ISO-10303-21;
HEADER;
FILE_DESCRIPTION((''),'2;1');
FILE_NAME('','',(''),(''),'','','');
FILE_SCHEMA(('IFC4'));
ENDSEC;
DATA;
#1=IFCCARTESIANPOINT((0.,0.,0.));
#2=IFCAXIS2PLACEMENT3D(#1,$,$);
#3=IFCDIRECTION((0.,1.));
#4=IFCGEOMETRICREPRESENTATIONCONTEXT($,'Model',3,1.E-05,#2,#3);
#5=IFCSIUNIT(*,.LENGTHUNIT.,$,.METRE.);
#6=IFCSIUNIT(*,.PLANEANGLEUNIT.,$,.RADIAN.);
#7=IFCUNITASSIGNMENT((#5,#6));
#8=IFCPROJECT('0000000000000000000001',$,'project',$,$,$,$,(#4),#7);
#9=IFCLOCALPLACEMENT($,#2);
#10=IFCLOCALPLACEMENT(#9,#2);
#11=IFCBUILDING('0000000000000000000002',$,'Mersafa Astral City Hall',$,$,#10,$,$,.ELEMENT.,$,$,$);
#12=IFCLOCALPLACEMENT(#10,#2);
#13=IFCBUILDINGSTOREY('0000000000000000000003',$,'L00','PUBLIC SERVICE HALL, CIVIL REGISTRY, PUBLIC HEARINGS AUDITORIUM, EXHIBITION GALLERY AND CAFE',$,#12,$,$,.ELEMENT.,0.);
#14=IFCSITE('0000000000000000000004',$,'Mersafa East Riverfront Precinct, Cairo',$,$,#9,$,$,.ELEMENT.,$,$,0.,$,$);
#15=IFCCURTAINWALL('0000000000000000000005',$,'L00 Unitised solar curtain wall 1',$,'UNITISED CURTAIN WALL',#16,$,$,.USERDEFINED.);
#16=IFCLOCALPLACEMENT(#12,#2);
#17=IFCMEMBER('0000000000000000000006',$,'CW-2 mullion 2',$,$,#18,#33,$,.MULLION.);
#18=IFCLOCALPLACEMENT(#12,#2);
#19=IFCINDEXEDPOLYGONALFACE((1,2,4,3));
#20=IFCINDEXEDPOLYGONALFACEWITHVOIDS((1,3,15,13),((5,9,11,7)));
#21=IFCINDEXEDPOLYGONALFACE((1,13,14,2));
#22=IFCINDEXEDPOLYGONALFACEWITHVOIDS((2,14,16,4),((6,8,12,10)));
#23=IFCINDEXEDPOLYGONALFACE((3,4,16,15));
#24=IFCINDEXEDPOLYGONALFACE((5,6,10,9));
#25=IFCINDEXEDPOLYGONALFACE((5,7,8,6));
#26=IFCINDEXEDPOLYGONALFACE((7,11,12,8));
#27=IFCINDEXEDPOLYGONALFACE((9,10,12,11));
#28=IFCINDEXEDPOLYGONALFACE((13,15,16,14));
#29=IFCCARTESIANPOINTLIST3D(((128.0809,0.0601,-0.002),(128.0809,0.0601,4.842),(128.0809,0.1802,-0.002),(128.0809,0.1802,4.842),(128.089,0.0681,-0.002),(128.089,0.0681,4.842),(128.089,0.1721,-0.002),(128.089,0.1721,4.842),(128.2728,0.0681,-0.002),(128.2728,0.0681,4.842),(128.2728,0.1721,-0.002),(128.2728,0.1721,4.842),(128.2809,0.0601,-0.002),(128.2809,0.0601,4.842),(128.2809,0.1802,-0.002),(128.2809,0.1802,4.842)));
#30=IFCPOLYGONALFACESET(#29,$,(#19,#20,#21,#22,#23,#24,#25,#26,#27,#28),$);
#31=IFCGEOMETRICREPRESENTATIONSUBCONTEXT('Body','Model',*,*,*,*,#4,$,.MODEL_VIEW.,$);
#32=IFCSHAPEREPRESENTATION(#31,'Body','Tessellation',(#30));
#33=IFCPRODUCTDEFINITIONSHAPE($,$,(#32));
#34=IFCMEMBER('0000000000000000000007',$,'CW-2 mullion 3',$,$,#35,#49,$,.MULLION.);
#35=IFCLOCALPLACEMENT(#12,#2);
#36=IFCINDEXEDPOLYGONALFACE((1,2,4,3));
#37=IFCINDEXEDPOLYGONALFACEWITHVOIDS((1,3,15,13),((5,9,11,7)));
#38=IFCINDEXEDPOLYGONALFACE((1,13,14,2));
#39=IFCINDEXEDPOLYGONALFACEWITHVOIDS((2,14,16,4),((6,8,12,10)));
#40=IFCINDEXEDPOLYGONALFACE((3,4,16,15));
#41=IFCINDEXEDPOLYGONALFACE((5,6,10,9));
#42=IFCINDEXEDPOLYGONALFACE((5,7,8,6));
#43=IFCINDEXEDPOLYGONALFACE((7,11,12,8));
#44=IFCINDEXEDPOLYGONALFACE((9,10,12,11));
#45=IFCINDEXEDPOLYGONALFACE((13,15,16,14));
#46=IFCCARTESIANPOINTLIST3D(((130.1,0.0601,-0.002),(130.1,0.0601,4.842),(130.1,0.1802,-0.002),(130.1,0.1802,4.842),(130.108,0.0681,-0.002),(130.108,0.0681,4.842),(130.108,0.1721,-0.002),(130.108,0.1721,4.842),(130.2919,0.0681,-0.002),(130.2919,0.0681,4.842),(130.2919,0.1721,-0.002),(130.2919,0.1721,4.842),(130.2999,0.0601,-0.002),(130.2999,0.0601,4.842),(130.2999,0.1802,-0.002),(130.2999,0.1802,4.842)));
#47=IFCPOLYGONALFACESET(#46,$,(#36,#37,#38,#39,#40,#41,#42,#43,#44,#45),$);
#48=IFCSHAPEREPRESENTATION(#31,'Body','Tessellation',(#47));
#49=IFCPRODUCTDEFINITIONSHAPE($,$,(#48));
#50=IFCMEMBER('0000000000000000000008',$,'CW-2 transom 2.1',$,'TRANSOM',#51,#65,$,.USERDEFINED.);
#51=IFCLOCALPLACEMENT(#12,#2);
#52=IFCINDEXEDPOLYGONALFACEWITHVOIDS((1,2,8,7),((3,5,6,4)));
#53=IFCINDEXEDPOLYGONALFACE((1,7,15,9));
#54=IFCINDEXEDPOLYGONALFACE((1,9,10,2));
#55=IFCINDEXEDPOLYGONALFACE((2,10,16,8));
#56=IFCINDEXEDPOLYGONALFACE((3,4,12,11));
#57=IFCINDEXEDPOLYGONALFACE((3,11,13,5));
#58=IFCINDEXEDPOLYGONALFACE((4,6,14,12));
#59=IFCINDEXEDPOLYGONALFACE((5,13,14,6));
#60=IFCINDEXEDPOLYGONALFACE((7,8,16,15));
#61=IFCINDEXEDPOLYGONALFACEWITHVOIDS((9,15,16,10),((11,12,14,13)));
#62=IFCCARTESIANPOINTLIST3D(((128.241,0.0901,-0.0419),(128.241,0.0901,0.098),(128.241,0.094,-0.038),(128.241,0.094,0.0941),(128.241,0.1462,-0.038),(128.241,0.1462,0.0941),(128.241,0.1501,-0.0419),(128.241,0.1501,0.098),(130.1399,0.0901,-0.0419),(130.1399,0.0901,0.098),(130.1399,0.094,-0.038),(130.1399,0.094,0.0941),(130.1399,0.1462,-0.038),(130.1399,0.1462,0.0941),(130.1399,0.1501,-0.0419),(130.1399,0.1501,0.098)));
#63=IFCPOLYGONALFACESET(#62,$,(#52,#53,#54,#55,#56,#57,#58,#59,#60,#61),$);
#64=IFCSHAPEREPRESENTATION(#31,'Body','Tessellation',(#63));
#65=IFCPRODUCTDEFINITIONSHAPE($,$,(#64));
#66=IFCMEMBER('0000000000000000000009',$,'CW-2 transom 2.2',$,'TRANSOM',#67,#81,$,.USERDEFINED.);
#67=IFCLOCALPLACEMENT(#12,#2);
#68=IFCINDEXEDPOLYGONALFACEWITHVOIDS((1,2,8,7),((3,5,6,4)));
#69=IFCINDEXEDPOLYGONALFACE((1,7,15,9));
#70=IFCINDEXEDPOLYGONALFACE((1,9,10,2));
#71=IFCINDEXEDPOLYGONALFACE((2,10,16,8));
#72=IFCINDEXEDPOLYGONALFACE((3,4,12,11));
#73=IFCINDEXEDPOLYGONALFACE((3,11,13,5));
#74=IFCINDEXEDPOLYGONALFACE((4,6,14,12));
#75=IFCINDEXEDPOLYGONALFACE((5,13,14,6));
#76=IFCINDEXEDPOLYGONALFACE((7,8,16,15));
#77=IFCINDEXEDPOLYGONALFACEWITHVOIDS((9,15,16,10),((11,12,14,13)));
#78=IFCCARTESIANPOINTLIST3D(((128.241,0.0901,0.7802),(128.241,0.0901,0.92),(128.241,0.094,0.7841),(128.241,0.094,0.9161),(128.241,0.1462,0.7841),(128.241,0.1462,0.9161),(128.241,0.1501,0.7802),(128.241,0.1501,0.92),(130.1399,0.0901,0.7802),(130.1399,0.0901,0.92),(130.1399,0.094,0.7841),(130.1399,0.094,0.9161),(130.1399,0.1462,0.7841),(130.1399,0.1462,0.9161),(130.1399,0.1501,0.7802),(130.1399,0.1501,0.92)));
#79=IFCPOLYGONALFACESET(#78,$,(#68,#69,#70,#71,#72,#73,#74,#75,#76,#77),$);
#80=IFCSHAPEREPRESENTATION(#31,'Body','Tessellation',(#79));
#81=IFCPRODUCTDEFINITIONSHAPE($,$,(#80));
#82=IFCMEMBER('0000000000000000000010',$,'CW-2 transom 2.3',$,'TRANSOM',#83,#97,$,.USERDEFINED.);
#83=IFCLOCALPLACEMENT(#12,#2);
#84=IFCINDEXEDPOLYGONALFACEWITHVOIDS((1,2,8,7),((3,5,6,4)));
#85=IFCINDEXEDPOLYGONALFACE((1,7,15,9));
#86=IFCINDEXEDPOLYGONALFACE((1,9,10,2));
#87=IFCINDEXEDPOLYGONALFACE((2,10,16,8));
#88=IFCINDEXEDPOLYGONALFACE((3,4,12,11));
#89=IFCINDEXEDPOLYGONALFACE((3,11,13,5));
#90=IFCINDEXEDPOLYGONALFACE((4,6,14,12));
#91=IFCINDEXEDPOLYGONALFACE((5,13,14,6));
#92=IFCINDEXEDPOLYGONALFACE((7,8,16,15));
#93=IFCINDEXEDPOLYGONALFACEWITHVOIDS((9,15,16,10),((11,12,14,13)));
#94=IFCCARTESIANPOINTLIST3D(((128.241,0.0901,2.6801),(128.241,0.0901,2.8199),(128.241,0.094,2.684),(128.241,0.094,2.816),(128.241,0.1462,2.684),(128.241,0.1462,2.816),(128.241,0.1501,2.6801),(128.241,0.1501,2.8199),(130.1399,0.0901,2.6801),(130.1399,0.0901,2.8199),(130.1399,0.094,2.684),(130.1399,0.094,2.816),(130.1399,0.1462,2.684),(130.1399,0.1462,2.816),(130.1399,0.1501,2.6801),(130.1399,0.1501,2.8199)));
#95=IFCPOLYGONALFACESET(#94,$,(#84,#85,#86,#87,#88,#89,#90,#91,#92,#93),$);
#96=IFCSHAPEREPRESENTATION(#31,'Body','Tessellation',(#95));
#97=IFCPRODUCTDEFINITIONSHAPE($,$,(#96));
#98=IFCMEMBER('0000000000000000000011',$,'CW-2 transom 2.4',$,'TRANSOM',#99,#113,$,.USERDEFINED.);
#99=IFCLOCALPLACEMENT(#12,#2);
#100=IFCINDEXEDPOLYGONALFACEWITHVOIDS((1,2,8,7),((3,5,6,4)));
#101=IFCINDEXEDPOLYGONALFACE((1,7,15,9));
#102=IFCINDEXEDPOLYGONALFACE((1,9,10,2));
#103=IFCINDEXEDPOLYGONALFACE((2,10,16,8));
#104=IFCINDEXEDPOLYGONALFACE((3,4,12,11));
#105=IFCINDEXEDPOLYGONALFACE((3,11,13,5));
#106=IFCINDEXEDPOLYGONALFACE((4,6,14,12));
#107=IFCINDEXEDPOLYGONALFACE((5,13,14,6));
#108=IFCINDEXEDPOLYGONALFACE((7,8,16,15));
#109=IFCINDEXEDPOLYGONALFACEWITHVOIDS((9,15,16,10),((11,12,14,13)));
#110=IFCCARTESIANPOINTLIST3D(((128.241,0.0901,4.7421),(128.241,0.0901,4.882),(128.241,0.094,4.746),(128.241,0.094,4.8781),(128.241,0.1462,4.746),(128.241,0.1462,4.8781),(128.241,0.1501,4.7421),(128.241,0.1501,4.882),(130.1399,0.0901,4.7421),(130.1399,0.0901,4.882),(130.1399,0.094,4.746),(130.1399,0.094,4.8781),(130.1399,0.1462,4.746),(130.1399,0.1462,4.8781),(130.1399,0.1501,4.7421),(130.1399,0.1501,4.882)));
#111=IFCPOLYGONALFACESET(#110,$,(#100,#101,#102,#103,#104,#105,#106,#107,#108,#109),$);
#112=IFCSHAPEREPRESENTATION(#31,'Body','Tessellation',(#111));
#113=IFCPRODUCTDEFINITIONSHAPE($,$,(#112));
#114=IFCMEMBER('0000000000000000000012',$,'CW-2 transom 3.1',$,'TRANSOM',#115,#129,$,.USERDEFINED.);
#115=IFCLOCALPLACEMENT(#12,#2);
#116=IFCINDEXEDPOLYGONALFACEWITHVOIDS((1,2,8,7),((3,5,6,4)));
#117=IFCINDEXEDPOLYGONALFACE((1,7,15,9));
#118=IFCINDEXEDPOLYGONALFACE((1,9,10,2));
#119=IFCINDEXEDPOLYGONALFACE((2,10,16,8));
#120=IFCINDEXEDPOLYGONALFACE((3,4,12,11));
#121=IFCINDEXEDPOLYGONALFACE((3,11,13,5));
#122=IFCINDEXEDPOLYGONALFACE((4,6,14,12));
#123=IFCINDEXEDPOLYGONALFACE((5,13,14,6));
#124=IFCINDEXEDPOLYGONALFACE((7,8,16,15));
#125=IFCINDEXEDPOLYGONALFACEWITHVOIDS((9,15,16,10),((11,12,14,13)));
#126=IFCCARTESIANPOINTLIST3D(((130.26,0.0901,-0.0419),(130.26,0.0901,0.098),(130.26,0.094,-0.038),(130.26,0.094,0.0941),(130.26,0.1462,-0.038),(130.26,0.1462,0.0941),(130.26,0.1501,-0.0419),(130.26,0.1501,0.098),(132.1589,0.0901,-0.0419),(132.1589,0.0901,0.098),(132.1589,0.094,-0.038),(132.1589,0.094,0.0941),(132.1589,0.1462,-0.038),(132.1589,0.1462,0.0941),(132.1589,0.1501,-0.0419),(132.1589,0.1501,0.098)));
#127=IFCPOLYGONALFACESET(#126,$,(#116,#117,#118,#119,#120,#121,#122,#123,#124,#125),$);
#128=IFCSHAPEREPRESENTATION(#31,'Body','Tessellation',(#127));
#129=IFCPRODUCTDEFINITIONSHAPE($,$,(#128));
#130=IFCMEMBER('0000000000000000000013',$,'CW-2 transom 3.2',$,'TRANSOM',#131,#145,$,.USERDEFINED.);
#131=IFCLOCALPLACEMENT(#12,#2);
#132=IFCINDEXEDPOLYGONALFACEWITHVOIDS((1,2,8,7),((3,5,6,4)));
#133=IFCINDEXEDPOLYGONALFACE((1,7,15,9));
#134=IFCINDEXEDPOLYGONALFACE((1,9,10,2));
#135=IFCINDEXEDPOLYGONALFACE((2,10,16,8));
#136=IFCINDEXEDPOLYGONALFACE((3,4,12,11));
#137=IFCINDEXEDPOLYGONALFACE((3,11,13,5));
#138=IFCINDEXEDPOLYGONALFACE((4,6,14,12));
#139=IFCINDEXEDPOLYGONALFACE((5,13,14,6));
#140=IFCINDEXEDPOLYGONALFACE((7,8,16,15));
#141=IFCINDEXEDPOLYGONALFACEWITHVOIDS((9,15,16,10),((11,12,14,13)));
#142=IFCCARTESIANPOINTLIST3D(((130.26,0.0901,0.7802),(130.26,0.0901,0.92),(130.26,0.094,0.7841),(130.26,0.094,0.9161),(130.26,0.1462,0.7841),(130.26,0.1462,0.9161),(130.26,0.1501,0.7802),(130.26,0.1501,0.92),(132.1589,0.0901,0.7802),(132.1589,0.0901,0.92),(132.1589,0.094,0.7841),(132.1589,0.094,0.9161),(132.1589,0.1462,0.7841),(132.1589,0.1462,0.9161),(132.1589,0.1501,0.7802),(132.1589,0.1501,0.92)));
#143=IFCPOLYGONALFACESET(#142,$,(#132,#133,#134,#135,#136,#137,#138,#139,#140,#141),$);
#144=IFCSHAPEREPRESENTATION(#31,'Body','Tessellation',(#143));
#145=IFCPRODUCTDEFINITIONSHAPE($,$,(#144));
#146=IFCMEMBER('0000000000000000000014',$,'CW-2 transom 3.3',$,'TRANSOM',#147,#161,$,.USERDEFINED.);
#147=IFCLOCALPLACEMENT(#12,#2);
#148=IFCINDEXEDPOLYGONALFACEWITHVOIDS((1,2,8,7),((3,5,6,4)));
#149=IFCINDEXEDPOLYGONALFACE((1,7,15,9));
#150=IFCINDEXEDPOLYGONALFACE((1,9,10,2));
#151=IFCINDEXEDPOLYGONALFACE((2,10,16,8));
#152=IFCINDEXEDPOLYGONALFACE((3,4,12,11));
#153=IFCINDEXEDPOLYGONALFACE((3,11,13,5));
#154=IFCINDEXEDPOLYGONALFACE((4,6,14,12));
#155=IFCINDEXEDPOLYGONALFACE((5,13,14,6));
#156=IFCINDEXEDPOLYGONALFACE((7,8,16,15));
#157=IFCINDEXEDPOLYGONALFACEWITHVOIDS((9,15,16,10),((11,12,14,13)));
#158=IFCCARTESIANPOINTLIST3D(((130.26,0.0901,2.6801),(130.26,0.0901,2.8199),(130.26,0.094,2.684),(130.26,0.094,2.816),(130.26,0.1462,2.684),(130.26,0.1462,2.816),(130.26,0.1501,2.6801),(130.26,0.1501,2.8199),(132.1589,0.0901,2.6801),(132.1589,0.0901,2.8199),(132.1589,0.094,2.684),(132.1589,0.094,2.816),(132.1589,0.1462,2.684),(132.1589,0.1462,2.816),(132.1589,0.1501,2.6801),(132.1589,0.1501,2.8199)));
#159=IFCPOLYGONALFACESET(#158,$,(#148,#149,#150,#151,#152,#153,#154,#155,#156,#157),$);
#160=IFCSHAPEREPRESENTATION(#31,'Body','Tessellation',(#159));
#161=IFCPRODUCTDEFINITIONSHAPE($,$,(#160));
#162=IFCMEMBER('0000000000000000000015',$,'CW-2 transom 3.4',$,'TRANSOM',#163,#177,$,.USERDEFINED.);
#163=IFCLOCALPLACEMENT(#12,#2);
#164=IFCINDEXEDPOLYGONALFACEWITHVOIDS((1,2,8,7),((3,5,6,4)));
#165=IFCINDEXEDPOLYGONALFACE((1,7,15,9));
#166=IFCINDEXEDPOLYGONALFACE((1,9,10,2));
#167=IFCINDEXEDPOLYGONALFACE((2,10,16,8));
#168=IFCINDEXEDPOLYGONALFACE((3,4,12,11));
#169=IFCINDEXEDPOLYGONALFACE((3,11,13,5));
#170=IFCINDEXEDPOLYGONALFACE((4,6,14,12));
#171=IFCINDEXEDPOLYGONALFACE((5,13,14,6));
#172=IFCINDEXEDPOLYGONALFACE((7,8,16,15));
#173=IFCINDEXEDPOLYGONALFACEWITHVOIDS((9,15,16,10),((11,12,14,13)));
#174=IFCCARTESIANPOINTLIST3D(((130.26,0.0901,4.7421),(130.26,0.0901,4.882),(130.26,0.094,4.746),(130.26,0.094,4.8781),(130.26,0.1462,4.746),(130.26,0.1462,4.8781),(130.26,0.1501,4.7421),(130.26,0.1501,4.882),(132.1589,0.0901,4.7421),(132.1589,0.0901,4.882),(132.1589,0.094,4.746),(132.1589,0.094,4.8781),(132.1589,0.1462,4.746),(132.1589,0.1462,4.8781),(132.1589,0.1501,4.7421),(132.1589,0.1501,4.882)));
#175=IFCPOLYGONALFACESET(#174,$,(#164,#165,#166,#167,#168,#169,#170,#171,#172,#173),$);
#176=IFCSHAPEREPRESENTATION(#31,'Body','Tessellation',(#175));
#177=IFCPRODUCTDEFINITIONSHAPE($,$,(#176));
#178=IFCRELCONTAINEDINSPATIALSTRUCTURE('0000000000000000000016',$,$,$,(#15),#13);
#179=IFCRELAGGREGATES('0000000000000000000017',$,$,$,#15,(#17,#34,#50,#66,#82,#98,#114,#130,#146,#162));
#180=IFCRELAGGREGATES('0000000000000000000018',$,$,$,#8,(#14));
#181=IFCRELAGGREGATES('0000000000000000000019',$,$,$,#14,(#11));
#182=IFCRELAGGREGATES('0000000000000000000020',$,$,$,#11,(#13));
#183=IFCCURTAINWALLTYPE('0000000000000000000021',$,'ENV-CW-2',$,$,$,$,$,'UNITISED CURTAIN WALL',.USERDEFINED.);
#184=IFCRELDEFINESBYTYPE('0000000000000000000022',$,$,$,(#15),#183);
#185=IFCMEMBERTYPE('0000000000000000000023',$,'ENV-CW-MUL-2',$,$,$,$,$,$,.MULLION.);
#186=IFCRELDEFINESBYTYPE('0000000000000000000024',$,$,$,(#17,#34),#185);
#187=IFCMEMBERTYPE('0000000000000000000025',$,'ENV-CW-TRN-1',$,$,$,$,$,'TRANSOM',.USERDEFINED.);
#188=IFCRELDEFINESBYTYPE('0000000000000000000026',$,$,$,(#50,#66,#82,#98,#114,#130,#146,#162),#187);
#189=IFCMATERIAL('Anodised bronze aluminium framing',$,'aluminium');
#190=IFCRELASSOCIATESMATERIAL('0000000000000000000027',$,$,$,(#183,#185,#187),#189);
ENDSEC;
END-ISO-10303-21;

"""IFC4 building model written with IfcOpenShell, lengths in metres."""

from ifc_helpers import new_model, si_unit, direction, frame, origin, origin_2d, place, context, subcontext, project, spatial, hollow_rectangle, extrude, material, material_profile, profile_set, type_object, element, aggregate, save


model = new_model("IFC4")

# Units and contexts
model_context = context("Model", 3, precision=1e-05, world=origin(), true_north=direction((0.0, 1.0)))
body_context = subcontext(model_context, "Body", "Model", "MODEL_VIEW")
ifc_project = project(units=[si_unit("LENGTHUNIT", "METRE"), si_unit("PLANEANGLEUNIT", "RADIAN")], contexts=[model_context])

# Site, building, storey
site_placement = place(None, origin())
site = spatial("IfcSite", under=ifc_project, at=site_placement, Name="Mersafa East Riverfront Precinct, Cairo", CompositionType="ELEMENT", RefElevation=0.0)
building_placement = place(site_placement, origin())
building = spatial("IfcBuilding", under=site, at=building_placement, Name="Mersafa Astral City Hall", CompositionType="ELEMENT")
storey_placement = place(building_placement, origin())
storey = spatial("IfcBuildingStorey", under=building, at=storey_placement, Name="L00", Description="PUBLIC SERVICE HALL, CIVIL REGISTRY, PUBLIC HEARINGS AUDITORIUM, EXHIBITION GALLERY AND CAFE", CompositionType="ELEMENT", Elevation=0.0)

# Curtain wall, members
ifc_material_1 = material(Name="Anodised bronze aluminium framing", Category="aluminium")
curtain_wall_type = type_object("IfcCurtainWallType", Name="ENV-CW-2", ElementType="UNITISED CURTAIN WALL", PredefinedType="USERDEFINED", material=ifc_material_1)
curtain_wall_placement = place(storey_placement, origin())
curtain_wall = element("IfcCurtainWall", 1, at=curtain_wall_placement, inside=storey, type_object=curtain_wall_type, Name="L00 Unitised solar curtain wall 1", ObjectType="UNITISED CURTAIN WALL", PredefinedType="USERDEFINED")
ifc_material_profile_1 = material_profile(ifc_material_1, hollow_rectangle(XDim=0.1201, YDim=0.2, WallThickness=0.0081, at=origin_2d()), Name="RHS 120x200x8")
ifc_profile_set_1 = profile_set([ifc_material_profile_1], Name="Anodised bronze aluminium framing")
member_type_1 = type_object("IfcMemberType", Name="ENV-CW-MUL-2", PredefinedType="MULLION", material=ifc_profile_set_1)
member_1_placement = place(storey_placement, frame((128.1809, 0.1201, -0.002), z_axis=(0.0, 0.0, 1.0), x_axis=(0.0, 1.0, 0.0)))
member_1 = element("IfcMember", 2, at=member_1_placement, type_object=member_type_1, Name="CW-2 mullion 2", PredefinedType="MULLION", context=body_context, shape_type="SweptSolid", body=[
    extrude(hollow_rectangle(XDim=0.1201, YDim=0.2, WallThickness=0.0081, at=origin_2d()), origin(), (0.0, 0.0, 1.0), 4.844),
])
member_2_placement = place(storey_placement, frame((130.2, 0.1201, -0.002), z_axis=(0.0, 0.0, 1.0), x_axis=(0.0, 1.0, 0.0)))
member_2 = element("IfcMember", 3, at=member_2_placement, type_object=member_type_1, Name="CW-2 mullion 3", PredefinedType="MULLION", context=body_context, shape_type="SweptSolid", body=[
    extrude(hollow_rectangle(XDim=0.1201, YDim=0.2, WallThickness=0.0081, at=origin_2d()), origin(), (0.0, 0.0, 1.0), 4.844),
])
ifc_material_profile_2 = material_profile(ifc_material_1, hollow_rectangle(XDim=0.0601, YDim=0.1399, WallThickness=0.0039, at=origin_2d()), Name="RHS 60x140x4")
ifc_profile_set_2 = profile_set([ifc_material_profile_2], Name="Anodised bronze aluminium framing")
member_type_2 = type_object("IfcMemberType", Name="ENV-CW-TRN-1", ElementType="TRANSOM", PredefinedType="USERDEFINED", material=ifc_profile_set_2)
member_3_placement = place(storey_placement, frame((128.241, 0.1201, 0.0281), z_axis=(1.0, 0.0, 0.0), x_axis=(0.0, 1.0, 0.0)))
member_3 = element("IfcMember", 4, at=member_3_placement, type_object=member_type_2, Name="CW-2 transom 2.1", ObjectType="TRANSOM", PredefinedType="USERDEFINED", context=body_context, shape_type="SweptSolid", body=[
    extrude(hollow_rectangle(XDim=0.0601, YDim=0.1399, WallThickness=0.0039, at=origin_2d()), origin(), (0.0, 0.0, 1.0), 1.8989),
])
member_4_placement = place(storey_placement, frame((128.241, 0.1201, 0.8501), z_axis=(1.0, 0.0, 0.0), x_axis=(0.0, 1.0, 0.0)))
member_4 = element("IfcMember", 5, at=member_4_placement, type_object=member_type_2, Name="CW-2 transom 2.2", ObjectType="TRANSOM", PredefinedType="USERDEFINED", context=body_context, shape_type="SweptSolid", body=[
    extrude(hollow_rectangle(XDim=0.0601, YDim=0.1399, WallThickness=0.0039, at=origin_2d()), origin(), (0.0, 0.0, 1.0), 1.8989),
])
member_5_placement = place(storey_placement, frame((128.241, 0.1201, 2.75), z_axis=(1.0, 0.0, 0.0), x_axis=(0.0, 1.0, 0.0)))
member_5 = element("IfcMember", 6, at=member_5_placement, type_object=member_type_2, Name="CW-2 transom 2.3", ObjectType="TRANSOM", PredefinedType="USERDEFINED", context=body_context, shape_type="SweptSolid", body=[
    extrude(hollow_rectangle(XDim=0.0601, YDim=0.1399, WallThickness=0.0039, at=origin_2d()), origin(), (0.0, 0.0, 1.0), 1.8989),
])
member_6_placement = place(storey_placement, frame((128.241, 0.1201, 4.812), z_axis=(1.0, 0.0, 0.0), x_axis=(0.0, 1.0, 0.0)))
member_6 = element("IfcMember", 7, at=member_6_placement, type_object=member_type_2, Name="CW-2 transom 2.4", ObjectType="TRANSOM", PredefinedType="USERDEFINED", context=body_context, shape_type="SweptSolid", body=[
    extrude(hollow_rectangle(XDim=0.0601, YDim=0.1399, WallThickness=0.0039, at=origin_2d()), origin(), (0.0, 0.0, 1.0), 1.8989),
])
member_7_placement = place(storey_placement, frame((130.26, 0.1201, 0.0281), z_axis=(1.0, 0.0, 0.0), x_axis=(0.0, 1.0, 0.0)))
member_7 = element("IfcMember", 8, at=member_7_placement, type_object=member_type_2, Name="CW-2 transom 3.1", ObjectType="TRANSOM", PredefinedType="USERDEFINED", context=body_context, shape_type="SweptSolid", body=[
    extrude(hollow_rectangle(XDim=0.0601, YDim=0.1399, WallThickness=0.0039, at=origin_2d()), origin(), (0.0, 0.0, 1.0), 1.8989),
])
member_8_placement = place(storey_placement, frame((130.26, 0.1201, 0.8501), z_axis=(1.0, 0.0, 0.0), x_axis=(0.0, 1.0, 0.0)))
member_8 = element("IfcMember", 9, at=member_8_placement, type_object=member_type_2, Name="CW-2 transom 3.2", ObjectType="TRANSOM", PredefinedType="USERDEFINED", context=body_context, shape_type="SweptSolid", body=[
    extrude(hollow_rectangle(XDim=0.0601, YDim=0.1399, WallThickness=0.0039, at=origin_2d()), origin(), (0.0, 0.0, 1.0), 1.8989),
])
member_9_placement = place(storey_placement, frame((130.26, 0.1201, 2.75), z_axis=(1.0, 0.0, 0.0), x_axis=(0.0, 1.0, 0.0)))
member_9 = element("IfcMember", 10, at=member_9_placement, type_object=member_type_2, Name="CW-2 transom 3.3", ObjectType="TRANSOM", PredefinedType="USERDEFINED", context=body_context, shape_type="SweptSolid", body=[
    extrude(hollow_rectangle(XDim=0.0601, YDim=0.1399, WallThickness=0.0039, at=origin_2d()), origin(), (0.0, 0.0, 1.0), 1.8989),
])
member_10_placement = place(storey_placement, frame((130.26, 0.1201, 4.812), z_axis=(1.0, 0.0, 0.0), x_axis=(0.0, 1.0, 0.0)))
member_10 = element("IfcMember", 11, at=member_10_placement, type_object=member_type_2, Name="CW-2 transom 3.4", ObjectType="TRANSOM", PredefinedType="USERDEFINED", context=body_context, shape_type="SweptSolid", body=[
    extrude(hollow_rectangle(XDim=0.0601, YDim=0.1399, WallThickness=0.0039, at=origin_2d()), origin(), (0.0, 0.0, 1.0), 1.8989),
])

aggregate(curtain_wall, [member_1, member_2, member_3, member_4, member_5, member_6, member_7, member_8, member_9, member_10])

save(model, "model.ifc")
